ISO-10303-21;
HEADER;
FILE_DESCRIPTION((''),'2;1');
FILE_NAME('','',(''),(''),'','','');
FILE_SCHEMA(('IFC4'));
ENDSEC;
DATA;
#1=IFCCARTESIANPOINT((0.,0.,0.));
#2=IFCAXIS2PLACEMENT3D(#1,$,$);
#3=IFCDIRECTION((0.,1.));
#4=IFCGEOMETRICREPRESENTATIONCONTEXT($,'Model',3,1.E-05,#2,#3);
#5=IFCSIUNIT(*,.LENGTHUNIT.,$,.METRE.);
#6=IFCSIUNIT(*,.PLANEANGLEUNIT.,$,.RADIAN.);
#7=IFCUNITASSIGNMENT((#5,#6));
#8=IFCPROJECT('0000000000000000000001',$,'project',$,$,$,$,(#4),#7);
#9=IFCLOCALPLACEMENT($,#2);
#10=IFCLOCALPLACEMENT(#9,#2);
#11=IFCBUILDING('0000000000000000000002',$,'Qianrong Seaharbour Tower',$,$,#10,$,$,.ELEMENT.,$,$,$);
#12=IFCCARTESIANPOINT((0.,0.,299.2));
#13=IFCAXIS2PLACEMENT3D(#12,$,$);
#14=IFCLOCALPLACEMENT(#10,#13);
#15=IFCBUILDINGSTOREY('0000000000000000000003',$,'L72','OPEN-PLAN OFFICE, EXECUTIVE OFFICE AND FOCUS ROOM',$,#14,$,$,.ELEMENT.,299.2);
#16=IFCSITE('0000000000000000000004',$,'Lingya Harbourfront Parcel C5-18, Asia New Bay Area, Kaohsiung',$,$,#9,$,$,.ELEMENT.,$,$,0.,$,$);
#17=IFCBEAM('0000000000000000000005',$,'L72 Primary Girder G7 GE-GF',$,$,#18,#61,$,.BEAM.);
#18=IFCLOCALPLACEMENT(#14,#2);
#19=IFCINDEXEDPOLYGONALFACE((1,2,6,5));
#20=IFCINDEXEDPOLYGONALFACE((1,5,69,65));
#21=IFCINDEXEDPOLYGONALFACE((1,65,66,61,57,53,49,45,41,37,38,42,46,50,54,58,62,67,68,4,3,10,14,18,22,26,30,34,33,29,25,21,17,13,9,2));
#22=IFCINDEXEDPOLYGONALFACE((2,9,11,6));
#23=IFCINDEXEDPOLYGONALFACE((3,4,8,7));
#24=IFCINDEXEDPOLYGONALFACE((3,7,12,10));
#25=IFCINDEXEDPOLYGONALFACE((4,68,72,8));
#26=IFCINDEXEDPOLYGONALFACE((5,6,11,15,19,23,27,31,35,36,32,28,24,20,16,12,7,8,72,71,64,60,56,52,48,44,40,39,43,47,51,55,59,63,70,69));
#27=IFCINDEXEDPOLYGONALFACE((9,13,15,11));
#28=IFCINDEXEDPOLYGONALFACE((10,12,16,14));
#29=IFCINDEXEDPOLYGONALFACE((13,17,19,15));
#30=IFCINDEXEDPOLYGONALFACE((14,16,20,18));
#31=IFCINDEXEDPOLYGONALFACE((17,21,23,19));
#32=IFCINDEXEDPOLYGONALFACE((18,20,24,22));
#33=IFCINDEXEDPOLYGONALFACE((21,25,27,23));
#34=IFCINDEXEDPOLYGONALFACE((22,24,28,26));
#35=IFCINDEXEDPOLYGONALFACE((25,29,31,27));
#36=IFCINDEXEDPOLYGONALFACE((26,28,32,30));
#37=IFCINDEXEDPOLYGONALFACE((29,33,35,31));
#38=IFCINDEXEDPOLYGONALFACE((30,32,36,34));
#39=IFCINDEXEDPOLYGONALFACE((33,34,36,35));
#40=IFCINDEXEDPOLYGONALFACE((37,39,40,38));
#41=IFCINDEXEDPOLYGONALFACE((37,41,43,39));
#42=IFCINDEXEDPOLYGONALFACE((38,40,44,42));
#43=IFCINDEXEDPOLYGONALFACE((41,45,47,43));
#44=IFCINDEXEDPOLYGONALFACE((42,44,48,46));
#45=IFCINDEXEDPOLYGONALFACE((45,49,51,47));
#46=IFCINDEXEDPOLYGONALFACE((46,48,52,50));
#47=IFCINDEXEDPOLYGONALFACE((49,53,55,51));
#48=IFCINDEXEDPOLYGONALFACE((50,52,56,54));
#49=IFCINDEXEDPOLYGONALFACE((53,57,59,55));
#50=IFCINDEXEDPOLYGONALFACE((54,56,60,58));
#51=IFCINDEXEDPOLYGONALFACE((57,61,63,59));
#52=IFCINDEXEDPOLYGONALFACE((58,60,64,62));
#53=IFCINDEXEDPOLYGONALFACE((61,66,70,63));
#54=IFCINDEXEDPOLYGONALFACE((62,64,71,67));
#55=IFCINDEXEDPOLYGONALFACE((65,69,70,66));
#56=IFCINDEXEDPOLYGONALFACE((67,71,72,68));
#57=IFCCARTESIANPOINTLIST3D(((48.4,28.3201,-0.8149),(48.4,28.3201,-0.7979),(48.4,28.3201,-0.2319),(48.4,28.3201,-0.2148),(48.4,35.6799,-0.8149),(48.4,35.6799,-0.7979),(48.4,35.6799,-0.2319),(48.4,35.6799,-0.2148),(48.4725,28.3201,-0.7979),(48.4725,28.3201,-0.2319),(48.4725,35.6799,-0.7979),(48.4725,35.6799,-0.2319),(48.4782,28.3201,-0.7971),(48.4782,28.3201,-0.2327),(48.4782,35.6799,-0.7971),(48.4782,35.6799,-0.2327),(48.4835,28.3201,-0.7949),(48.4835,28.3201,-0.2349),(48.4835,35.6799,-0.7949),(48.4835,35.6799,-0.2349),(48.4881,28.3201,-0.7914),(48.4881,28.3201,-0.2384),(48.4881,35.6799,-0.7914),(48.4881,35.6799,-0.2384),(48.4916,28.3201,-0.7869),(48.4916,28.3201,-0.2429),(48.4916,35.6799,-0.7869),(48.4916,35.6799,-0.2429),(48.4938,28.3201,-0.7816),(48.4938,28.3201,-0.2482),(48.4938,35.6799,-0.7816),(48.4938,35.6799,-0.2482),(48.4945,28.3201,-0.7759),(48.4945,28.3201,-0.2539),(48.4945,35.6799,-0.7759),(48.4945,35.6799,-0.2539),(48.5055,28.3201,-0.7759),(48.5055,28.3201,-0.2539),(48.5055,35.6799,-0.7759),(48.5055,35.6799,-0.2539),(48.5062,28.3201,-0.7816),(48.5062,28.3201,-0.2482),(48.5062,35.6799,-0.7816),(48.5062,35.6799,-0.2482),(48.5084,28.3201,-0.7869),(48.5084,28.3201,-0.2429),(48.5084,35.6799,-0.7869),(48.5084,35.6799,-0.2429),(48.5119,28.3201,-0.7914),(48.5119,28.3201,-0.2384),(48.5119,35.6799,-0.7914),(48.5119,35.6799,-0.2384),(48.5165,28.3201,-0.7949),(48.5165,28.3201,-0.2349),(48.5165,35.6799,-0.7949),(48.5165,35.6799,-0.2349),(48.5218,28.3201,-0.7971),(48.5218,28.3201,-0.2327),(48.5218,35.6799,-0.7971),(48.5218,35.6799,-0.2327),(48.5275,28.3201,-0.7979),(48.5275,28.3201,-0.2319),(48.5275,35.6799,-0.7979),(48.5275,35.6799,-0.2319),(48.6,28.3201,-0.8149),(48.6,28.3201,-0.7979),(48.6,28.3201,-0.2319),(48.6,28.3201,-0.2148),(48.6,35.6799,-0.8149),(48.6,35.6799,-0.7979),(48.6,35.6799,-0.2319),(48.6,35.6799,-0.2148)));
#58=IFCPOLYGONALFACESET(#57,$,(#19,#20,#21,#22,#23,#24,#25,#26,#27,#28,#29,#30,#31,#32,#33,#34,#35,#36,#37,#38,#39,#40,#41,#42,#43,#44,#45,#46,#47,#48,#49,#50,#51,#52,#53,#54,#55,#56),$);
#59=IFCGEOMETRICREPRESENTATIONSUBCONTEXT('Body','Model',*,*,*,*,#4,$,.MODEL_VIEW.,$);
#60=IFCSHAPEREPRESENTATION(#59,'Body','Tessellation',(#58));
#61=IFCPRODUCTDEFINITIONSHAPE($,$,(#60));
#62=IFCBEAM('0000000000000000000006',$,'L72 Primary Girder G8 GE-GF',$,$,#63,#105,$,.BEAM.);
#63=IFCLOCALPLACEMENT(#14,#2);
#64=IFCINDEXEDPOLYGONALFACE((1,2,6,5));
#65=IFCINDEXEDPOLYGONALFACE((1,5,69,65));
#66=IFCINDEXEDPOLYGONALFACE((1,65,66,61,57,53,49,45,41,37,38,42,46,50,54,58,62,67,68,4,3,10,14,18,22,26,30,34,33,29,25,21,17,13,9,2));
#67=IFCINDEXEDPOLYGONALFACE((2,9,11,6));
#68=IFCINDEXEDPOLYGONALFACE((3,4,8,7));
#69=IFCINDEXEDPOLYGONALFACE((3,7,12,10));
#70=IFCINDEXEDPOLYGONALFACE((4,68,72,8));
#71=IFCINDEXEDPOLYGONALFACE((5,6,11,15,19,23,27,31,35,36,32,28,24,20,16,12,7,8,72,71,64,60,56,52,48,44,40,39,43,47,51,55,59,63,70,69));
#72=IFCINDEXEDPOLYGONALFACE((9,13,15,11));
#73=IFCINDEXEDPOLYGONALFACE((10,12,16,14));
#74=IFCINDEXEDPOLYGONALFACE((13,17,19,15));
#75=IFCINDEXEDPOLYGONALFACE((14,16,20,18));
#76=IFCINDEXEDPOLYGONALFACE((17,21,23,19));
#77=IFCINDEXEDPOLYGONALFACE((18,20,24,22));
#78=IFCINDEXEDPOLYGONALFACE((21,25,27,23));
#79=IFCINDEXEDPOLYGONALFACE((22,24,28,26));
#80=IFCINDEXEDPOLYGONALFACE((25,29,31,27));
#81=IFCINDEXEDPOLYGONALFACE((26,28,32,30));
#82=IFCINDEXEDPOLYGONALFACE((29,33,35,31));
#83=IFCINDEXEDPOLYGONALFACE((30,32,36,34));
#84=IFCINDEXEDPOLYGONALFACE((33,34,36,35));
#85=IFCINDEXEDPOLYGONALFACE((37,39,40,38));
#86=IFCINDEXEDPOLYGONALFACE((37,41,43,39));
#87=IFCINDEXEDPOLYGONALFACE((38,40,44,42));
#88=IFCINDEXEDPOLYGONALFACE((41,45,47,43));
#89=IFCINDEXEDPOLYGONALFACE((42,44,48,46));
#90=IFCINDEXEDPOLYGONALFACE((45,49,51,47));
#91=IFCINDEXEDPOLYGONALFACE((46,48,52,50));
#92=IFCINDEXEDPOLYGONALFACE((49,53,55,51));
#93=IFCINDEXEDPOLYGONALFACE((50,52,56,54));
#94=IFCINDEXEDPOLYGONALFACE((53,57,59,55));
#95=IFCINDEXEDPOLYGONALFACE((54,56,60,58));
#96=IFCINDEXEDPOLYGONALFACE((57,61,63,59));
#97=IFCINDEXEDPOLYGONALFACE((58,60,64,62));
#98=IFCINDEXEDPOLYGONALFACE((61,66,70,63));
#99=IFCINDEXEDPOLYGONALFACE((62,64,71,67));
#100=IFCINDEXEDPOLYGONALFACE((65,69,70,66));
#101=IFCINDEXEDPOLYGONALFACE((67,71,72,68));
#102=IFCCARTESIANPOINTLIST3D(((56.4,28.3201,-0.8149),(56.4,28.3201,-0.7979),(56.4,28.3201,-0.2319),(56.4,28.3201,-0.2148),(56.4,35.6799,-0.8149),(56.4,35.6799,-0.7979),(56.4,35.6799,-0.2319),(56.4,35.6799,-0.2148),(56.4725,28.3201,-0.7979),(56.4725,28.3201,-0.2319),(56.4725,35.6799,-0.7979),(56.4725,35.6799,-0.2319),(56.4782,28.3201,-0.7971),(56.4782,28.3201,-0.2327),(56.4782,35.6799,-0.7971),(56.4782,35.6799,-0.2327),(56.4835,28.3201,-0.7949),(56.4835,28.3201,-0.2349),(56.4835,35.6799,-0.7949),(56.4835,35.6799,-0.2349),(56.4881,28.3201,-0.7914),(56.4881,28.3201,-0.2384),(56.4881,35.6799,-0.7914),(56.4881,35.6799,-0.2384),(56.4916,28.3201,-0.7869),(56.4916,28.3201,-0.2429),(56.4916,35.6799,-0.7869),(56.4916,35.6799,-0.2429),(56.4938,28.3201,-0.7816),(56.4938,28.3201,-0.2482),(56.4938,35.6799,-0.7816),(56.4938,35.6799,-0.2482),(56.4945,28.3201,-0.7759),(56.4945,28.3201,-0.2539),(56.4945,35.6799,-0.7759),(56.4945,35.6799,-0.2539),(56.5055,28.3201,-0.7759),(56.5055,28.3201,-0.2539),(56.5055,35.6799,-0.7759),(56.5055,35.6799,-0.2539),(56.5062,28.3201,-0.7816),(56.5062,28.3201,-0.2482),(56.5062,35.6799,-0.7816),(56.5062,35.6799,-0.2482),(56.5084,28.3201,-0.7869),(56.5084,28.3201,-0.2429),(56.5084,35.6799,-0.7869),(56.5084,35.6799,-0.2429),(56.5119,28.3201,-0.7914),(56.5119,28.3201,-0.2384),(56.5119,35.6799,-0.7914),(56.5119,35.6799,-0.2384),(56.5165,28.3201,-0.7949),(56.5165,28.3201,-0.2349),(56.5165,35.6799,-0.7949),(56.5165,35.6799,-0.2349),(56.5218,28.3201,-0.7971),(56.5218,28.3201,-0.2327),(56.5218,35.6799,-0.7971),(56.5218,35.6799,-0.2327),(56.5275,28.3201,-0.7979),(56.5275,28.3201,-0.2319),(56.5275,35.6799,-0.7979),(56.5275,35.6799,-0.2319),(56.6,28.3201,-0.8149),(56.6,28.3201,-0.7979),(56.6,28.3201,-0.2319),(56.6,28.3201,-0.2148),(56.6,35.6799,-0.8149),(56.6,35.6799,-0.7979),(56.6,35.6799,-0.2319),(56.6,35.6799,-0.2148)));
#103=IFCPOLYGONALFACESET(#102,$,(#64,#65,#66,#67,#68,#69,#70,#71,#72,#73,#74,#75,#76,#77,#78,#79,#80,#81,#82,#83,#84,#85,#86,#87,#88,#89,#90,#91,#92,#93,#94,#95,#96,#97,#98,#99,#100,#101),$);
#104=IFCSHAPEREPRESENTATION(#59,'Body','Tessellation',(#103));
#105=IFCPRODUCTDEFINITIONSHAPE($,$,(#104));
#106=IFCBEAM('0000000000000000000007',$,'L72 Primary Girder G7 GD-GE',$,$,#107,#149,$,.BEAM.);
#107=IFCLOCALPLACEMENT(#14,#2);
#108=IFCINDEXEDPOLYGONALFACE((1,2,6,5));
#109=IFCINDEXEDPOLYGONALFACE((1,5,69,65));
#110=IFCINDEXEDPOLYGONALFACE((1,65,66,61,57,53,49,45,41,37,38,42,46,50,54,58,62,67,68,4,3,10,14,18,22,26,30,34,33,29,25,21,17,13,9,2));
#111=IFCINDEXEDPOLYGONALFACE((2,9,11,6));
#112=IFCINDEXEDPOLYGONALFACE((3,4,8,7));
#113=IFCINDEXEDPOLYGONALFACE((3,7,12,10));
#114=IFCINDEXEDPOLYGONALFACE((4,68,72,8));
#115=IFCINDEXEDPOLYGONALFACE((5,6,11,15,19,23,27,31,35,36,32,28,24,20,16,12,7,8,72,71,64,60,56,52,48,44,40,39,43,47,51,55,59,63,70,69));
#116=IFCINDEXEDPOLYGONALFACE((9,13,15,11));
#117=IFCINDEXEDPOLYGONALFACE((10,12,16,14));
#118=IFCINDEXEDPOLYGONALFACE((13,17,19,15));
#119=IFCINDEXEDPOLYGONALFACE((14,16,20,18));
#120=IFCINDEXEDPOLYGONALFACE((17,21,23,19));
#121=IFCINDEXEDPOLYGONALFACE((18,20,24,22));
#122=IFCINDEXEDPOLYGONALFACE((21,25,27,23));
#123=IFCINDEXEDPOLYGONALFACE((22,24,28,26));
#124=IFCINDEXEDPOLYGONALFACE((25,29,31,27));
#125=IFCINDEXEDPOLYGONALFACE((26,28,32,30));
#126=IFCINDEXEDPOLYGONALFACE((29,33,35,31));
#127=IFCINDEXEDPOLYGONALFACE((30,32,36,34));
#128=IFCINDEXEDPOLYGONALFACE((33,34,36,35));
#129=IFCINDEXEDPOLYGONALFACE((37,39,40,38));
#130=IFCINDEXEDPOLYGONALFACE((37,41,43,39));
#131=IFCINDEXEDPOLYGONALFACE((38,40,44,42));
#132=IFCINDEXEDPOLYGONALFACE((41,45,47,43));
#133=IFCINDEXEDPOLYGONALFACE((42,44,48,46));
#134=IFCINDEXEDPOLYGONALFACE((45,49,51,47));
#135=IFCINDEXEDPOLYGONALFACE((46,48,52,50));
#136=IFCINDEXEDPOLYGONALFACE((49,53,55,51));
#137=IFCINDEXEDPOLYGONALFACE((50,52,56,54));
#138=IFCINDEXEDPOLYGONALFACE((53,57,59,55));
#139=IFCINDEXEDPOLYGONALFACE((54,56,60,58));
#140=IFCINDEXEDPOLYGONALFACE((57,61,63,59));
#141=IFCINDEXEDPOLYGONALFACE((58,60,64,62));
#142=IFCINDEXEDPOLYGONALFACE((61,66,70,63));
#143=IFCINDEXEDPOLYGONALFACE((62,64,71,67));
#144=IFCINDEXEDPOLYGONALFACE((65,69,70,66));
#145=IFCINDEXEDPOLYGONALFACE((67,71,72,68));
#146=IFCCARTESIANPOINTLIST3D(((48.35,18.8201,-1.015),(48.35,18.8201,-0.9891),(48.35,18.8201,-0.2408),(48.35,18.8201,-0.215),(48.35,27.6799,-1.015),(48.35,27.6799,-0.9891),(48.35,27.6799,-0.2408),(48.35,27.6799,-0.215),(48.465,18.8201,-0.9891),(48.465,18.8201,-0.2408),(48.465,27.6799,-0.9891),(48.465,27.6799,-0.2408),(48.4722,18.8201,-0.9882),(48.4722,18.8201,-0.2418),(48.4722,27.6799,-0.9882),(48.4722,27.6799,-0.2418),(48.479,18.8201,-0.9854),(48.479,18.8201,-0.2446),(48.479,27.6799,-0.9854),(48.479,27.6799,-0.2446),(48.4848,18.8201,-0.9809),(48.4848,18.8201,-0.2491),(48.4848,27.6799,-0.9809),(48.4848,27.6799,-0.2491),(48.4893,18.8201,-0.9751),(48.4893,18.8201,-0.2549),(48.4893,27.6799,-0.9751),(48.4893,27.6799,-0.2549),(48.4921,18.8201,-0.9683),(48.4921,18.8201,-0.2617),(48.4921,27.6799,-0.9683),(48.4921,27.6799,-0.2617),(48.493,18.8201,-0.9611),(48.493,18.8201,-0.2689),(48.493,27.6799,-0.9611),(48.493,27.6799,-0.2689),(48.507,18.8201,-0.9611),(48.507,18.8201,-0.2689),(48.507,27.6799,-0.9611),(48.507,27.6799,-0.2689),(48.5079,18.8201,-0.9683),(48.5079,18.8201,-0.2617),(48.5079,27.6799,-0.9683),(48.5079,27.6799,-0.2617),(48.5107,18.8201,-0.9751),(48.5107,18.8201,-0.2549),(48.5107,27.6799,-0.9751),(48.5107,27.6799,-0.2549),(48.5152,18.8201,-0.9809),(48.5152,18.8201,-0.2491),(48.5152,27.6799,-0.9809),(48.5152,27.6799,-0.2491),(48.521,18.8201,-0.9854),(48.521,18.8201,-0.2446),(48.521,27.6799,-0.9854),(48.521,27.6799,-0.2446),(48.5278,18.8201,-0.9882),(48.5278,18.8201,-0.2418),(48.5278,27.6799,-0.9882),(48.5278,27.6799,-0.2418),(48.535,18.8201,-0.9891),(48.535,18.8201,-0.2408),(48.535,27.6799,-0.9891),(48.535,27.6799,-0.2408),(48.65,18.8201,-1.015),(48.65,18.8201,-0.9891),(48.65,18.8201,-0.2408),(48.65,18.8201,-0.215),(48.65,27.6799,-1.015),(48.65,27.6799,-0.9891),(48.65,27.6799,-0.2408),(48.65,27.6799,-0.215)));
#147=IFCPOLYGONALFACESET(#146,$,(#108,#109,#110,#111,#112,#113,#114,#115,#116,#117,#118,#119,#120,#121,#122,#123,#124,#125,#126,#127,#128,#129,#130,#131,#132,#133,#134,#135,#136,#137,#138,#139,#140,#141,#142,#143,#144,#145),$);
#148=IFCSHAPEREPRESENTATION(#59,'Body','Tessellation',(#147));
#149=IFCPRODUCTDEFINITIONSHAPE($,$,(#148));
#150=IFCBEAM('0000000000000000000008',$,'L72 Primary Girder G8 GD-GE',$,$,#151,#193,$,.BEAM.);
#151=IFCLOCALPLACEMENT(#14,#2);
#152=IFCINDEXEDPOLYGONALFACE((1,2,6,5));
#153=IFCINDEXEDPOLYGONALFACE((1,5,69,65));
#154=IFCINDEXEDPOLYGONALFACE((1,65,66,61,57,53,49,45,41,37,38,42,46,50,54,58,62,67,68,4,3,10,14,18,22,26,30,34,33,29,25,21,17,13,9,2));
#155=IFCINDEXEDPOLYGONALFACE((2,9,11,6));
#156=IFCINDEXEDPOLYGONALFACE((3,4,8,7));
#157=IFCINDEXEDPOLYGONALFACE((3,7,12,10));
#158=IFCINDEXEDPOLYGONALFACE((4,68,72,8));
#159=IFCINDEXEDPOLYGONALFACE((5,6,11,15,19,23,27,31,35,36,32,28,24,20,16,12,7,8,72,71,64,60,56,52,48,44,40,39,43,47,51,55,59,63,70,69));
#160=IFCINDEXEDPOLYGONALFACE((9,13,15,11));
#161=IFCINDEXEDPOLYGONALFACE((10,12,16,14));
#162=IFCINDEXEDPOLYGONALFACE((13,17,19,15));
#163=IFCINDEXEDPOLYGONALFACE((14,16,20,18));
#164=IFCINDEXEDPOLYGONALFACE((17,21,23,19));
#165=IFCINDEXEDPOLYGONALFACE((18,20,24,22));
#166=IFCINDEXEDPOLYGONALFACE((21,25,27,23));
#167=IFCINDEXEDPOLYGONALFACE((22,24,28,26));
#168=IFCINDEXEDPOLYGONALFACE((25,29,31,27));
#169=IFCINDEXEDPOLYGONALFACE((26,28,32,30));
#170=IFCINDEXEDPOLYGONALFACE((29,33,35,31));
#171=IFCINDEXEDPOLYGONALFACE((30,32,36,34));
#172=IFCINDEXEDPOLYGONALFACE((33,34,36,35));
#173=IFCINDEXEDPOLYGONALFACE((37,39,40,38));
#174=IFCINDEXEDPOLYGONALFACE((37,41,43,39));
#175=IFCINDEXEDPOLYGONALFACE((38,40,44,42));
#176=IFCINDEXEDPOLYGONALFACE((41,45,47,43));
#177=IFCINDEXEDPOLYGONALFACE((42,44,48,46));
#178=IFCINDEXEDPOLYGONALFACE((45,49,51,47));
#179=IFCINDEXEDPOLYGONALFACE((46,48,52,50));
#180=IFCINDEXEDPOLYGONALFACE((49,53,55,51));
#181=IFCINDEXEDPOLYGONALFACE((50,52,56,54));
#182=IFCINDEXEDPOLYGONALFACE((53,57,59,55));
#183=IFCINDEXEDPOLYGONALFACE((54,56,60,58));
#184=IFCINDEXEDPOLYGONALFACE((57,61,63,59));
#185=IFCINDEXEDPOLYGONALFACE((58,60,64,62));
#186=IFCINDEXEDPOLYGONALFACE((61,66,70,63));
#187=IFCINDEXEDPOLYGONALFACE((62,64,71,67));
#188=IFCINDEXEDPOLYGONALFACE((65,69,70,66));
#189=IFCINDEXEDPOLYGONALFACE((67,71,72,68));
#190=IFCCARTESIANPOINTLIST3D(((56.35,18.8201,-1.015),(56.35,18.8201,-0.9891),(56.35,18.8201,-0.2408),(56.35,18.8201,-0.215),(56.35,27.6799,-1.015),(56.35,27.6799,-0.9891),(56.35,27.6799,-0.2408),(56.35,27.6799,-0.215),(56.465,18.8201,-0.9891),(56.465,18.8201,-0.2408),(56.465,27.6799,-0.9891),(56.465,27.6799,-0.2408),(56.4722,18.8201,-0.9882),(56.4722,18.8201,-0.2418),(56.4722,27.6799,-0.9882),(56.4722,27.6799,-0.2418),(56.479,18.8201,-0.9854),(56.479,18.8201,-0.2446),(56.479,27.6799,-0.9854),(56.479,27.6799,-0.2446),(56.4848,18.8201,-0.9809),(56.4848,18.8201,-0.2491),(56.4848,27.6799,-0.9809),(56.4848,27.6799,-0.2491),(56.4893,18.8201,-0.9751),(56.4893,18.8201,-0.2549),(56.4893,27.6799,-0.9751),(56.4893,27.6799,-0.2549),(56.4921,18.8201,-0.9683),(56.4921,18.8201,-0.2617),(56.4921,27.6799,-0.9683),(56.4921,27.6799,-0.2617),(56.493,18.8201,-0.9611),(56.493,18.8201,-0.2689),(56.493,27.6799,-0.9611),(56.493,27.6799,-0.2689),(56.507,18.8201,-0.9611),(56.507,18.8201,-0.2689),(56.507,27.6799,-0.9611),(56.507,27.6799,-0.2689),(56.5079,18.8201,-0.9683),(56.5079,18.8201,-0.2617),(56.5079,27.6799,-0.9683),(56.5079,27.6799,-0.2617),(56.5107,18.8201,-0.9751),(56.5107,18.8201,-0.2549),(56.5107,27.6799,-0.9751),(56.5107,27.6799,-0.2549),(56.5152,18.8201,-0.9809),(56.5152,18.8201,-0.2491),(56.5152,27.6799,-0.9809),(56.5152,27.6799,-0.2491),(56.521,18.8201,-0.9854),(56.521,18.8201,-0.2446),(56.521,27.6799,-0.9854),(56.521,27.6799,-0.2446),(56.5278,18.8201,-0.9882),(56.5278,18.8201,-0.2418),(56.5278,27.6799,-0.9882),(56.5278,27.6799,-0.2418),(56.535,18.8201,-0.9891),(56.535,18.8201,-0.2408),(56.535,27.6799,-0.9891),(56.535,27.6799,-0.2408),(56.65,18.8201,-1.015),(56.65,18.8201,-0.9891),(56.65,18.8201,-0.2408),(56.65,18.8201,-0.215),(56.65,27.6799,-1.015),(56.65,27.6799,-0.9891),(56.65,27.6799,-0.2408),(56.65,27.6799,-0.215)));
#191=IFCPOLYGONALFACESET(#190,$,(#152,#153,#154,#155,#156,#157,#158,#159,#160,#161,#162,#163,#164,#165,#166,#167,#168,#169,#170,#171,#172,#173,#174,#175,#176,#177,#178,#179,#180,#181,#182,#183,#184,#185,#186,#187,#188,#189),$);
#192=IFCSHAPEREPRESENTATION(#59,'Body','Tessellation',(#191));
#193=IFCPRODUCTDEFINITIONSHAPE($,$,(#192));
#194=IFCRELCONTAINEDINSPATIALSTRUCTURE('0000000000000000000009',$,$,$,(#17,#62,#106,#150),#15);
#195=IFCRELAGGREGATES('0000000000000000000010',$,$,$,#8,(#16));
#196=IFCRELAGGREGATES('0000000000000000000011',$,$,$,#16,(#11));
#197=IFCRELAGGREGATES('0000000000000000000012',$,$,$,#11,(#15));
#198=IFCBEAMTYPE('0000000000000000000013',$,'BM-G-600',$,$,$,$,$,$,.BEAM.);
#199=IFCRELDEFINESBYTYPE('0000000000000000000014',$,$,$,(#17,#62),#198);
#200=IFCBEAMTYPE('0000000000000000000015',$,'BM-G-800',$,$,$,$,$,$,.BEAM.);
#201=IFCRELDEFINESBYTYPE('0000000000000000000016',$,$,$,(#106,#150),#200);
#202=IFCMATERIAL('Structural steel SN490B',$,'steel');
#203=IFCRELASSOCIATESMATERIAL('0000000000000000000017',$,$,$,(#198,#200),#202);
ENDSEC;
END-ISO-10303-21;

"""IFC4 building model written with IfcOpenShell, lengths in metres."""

from ifc_helpers import new_model, si_unit, direction, frame, origin, origin_2d, place, context, subcontext, project, spatial, i_section, extrude, material, material_profile, profile_set, type_object, element, save


model = new_model("IFC4")

# Units and contexts
model_context = context("Model", 3, precision=1e-05, world=origin(), true_north=direction((0.0, 1.0)))
body_context = subcontext(model_context, "Body", "Model", "MODEL_VIEW")
ifc_project = project(units=[si_unit("LENGTHUNIT", "METRE"), si_unit("PLANEANGLEUNIT", "RADIAN")], contexts=[model_context])

# Site, building, storey
site_placement = place(None, origin())
site = spatial("IfcSite", under=ifc_project, at=site_placement, Name="Lingya Harbourfront Parcel C5-18, Asia New Bay Area, Kaohsiung", CompositionType="ELEMENT", RefElevation=0.0)
building_placement = place(site_placement, origin())
building = spatial("IfcBuilding", under=site, at=building_placement, Name="Qianrong Seaharbour Tower", CompositionType="ELEMENT")
storey_placement = place(building_placement, frame((0.0, 0.0, 299.2)))
storey = spatial("IfcBuildingStorey", under=building, at=storey_placement, Name="L72", Description="OPEN-PLAN OFFICE, EXECUTIVE OFFICE AND FOCUS ROOM", CompositionType="ELEMENT", Elevation=299.2)

# Beams
ifc_material_1 = material(Name="Structural steel SN490B", Category="steel")
ifc_material_profile_1 = material_profile(ifc_material_1, i_section(OverallWidth=0.2, OverallDepth=0.6001, WebThickness=0.011, FlangeThickness=0.0171, FilletRadius=0.022, at=origin_2d()), Name="H600x200x11x17")
ifc_profile_set_1 = profile_set([ifc_material_profile_1], Name="Structural steel SN490B")
beam_type_1 = type_object("IfcBeamType", Name="BM-G-600", PredefinedType="BEAM", material=ifc_profile_set_1)
for number, where, z_axis, x_axis, name in (
    (1, (48.5, 28.3201, -0.5149), (0.0, 1.0, 0.0), (-1.0, 0.0, 0.0), "L72 Primary Girder G7 GE-GF"),
    (2, (56.5, 28.3201, -0.5149), (0.0, 1.0, 0.0), (-1.0, 0.0, 0.0), "L72 Primary Girder G8 GE-GF"),
):
    element("IfcBeam", number, at=place(storey_placement, frame(where, z_axis=z_axis, x_axis=x_axis)), inside=storey, type_object=beam_type_1, Name=name, PredefinedType="BEAM", context=body_context, shape_type="SweptSolid", body=[
        extrude(i_section(OverallWidth=0.2, OverallDepth=0.6001, WebThickness=0.011, FlangeThickness=0.0171, FilletRadius=0.022, at=origin_2d()), origin(), (0.0, 0.0, 1.0), 7.3599),
    ])
ifc_material_profile_2 = material_profile(ifc_material_1, i_section(OverallWidth=0.3, OverallDepth=0.8, WebThickness=0.0139, FlangeThickness=0.0259, FilletRadius=0.0281, at=origin_2d()), Name="H800x300x14x26")
ifc_profile_set_2 = profile_set([ifc_material_profile_2], Name="Structural steel SN490B")
beam_type_2 = type_object("IfcBeamType", Name="BM-G-800", PredefinedType="BEAM", material=ifc_profile_set_2)
for number, where, z_axis, x_axis, name in (
    (3, (48.5, 18.8201, -0.615), (0.0, 1.0, 0.0), (-1.0, 0.0, 0.0), "L72 Primary Girder G7 GD-GE"),
    (4, (56.5, 18.8201, -0.615), (0.0, 1.0, 0.0), (-1.0, 0.0, 0.0), "L72 Primary Girder G8 GD-GE"),
):
    element("IfcBeam", number, at=place(storey_placement, frame(where, z_axis=z_axis, x_axis=x_axis)), inside=storey, type_object=beam_type_2, Name=name, PredefinedType="BEAM", context=body_context, shape_type="SweptSolid", body=[
        extrude(i_section(OverallWidth=0.3, OverallDepth=0.8, WebThickness=0.0139, FlangeThickness=0.0259, FilletRadius=0.0281, at=origin_2d()), origin(), (0.0, 0.0, 1.0), 8.8599),
    ])

save(model, "model.ifc")
